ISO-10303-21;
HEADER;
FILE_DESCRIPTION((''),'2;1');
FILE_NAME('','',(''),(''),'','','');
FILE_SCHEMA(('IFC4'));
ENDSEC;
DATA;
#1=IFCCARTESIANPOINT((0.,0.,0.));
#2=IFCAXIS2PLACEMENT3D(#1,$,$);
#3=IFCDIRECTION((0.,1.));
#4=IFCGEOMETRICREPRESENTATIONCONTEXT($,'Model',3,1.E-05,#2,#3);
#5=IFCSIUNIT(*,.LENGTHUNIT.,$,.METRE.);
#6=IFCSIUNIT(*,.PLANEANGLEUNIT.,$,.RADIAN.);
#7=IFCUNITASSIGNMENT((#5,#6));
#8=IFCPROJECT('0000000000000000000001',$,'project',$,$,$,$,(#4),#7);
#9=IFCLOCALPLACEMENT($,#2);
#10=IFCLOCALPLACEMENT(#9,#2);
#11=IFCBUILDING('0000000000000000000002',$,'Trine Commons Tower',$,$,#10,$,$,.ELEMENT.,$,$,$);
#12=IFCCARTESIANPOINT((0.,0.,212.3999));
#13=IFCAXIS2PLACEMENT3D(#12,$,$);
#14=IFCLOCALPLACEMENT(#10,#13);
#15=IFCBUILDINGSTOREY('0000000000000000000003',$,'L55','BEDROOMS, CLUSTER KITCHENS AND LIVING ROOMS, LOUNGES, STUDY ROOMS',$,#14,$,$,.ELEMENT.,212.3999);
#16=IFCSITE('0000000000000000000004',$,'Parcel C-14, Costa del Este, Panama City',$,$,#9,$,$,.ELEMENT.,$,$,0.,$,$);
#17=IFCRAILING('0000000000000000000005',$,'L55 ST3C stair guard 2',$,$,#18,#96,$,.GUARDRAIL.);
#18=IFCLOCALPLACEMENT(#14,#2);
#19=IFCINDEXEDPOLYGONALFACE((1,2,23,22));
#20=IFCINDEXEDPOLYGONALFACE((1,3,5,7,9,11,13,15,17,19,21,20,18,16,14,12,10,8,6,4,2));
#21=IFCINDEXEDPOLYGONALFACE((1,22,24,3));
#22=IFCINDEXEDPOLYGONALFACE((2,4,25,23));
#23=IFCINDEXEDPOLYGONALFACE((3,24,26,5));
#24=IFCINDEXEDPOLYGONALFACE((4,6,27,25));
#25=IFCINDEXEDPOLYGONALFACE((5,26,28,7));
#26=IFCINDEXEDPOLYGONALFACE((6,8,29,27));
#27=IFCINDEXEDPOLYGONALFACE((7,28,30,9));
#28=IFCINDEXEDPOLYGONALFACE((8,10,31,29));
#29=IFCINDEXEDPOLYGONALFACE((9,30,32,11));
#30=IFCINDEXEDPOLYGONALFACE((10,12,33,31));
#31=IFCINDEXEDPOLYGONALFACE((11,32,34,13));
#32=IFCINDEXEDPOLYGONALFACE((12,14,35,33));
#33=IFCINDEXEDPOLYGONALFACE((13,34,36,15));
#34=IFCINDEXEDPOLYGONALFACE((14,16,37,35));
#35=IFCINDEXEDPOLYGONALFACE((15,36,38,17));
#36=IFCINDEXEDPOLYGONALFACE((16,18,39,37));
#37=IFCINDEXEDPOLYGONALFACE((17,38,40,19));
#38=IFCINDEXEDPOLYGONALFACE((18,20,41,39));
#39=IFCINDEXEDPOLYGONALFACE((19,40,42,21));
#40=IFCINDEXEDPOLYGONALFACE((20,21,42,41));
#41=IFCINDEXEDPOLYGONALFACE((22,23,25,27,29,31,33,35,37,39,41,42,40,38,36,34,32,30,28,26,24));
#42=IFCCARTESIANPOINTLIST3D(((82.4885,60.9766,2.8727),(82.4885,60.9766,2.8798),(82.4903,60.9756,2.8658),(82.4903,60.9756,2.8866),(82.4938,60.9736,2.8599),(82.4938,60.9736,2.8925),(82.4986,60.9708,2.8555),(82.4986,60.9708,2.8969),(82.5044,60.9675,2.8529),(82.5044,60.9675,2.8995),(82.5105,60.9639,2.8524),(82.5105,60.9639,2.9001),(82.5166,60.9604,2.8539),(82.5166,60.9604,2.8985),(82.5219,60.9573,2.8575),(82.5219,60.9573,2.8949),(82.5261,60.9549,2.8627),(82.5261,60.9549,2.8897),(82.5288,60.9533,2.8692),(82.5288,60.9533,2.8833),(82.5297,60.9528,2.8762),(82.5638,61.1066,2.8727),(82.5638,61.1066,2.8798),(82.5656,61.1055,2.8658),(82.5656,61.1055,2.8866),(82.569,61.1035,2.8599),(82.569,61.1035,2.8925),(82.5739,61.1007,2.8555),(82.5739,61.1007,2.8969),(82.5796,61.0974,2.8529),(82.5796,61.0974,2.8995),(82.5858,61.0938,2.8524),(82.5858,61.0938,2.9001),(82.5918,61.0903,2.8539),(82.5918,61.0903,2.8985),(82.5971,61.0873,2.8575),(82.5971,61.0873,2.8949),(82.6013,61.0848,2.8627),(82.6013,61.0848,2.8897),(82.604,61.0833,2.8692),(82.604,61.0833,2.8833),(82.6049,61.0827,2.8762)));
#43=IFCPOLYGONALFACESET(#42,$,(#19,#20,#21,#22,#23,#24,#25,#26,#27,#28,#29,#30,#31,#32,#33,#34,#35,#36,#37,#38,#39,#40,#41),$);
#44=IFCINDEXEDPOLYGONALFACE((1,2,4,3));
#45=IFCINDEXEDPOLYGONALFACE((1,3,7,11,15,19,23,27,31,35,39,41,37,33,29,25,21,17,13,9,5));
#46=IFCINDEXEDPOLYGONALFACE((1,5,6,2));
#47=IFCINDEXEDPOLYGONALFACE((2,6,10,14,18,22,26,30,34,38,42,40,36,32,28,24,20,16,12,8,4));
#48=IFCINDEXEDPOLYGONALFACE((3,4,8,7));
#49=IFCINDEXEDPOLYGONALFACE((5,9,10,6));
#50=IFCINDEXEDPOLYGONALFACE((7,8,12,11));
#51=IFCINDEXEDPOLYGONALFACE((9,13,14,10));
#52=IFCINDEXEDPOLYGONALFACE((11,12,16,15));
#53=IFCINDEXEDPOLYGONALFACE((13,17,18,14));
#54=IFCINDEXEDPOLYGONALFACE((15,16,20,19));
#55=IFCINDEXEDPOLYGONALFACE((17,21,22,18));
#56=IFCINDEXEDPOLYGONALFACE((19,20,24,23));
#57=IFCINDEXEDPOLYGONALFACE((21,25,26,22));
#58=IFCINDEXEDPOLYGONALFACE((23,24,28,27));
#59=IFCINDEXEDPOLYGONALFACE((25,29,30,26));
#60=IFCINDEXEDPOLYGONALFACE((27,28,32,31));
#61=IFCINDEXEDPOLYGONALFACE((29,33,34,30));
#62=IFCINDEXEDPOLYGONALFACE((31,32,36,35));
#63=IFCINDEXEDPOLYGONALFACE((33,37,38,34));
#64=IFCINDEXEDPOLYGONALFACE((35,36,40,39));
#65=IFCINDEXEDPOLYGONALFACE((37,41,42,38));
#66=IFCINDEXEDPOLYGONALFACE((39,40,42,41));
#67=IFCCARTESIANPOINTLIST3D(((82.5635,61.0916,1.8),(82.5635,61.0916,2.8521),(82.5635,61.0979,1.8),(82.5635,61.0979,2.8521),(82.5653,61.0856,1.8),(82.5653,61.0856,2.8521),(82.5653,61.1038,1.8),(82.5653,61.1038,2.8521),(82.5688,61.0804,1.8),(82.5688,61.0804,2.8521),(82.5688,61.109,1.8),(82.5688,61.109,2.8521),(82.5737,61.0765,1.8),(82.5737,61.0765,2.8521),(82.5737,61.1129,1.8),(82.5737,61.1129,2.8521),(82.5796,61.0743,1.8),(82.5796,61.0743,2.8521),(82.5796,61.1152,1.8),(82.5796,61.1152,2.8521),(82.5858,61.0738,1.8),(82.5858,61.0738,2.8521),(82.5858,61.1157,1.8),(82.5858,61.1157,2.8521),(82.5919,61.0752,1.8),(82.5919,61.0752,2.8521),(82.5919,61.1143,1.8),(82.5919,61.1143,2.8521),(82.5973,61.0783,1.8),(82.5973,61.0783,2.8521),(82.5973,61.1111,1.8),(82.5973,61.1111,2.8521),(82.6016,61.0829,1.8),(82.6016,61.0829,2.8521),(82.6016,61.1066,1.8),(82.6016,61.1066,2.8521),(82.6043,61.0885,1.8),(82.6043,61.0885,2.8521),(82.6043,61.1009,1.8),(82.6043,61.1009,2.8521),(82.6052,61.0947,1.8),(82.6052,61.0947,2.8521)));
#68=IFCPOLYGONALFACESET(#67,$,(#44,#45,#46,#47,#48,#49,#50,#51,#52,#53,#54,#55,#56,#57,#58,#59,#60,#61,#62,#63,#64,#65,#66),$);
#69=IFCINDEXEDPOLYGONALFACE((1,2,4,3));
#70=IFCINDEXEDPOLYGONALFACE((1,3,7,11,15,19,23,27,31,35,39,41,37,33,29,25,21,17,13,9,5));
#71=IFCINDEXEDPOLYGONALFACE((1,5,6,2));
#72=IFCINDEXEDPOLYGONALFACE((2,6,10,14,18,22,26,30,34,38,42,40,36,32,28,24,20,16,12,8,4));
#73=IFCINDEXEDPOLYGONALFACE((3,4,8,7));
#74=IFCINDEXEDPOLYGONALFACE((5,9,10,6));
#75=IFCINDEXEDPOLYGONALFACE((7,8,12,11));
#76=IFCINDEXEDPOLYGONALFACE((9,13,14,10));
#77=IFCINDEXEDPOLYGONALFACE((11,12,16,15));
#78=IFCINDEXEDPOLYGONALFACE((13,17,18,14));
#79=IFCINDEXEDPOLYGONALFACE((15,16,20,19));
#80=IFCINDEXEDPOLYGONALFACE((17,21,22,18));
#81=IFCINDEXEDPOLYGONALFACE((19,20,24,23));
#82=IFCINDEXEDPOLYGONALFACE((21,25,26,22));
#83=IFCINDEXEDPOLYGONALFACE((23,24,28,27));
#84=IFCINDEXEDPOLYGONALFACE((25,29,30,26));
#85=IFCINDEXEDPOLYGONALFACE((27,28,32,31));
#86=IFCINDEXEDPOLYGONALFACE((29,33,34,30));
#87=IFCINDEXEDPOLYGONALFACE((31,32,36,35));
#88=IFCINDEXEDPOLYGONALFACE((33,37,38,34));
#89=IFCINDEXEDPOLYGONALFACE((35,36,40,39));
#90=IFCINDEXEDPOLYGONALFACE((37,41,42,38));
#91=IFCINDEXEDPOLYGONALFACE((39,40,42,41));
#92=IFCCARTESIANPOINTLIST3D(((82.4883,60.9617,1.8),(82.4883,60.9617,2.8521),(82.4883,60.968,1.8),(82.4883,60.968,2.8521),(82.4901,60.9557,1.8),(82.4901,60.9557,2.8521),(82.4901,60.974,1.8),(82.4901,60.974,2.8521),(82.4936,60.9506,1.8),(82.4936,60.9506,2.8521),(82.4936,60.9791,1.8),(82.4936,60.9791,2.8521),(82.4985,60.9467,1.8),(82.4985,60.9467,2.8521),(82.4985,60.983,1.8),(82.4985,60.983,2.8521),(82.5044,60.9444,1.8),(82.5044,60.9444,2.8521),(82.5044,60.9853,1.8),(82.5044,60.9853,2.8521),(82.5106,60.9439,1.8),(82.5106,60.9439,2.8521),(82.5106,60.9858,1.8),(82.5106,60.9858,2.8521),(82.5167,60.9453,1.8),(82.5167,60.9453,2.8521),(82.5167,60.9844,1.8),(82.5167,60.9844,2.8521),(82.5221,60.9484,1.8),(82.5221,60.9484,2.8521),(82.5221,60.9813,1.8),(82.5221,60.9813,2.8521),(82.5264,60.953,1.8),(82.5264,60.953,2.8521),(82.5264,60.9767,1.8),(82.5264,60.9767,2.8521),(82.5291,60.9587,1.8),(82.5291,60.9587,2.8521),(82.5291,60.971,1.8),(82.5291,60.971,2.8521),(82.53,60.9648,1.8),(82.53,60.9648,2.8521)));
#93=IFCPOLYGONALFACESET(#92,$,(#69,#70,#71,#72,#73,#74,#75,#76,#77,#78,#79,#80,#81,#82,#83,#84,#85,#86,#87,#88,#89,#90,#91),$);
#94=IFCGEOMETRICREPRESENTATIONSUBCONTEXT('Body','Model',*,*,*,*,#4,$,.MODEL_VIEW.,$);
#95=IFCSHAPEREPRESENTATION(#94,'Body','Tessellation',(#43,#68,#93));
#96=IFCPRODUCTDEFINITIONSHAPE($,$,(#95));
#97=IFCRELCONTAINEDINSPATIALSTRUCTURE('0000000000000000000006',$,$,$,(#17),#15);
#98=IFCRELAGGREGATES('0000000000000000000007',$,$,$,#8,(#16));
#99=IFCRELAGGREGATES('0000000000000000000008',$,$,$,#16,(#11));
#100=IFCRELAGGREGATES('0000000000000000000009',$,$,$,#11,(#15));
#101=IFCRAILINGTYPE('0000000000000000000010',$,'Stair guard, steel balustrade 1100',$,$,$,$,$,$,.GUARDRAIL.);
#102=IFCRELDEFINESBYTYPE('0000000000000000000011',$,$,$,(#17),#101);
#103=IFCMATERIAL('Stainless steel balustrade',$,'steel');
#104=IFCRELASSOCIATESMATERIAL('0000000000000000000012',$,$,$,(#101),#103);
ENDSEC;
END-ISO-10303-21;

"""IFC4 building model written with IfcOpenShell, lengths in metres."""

from ifc_helpers import new_model, si_unit, direction, frame, origin, origin_2d, place, context, subcontext, project, spatial, circle, extrude, material, type_object, element, save


model = new_model("IFC4")

# Units and contexts
model_context = context("Model", 3, precision=1e-05, world=origin(), true_north=direction((0.0, 1.0)))
body_context = subcontext(model_context, "Body", "Model", "MODEL_VIEW")
ifc_project = project(units=[si_unit("LENGTHUNIT", "METRE"), si_unit("PLANEANGLEUNIT", "RADIAN")], contexts=[model_context])

# Site, building, storey
site_placement = place(None, origin())
site = spatial("IfcSite", under=ifc_project, at=site_placement, Name="Parcel C-14, Costa del Este, Panama City", CompositionType="ELEMENT", RefElevation=0.0)
building_placement = place(site_placement, origin())
building = spatial("IfcBuilding", under=site, at=building_placement, Name="Trine Commons Tower", CompositionType="ELEMENT")
storey_placement = place(building_placement, frame((0.0, 0.0, 212.3999)))
storey = spatial("IfcBuildingStorey", under=building, at=storey_placement, Name="L55", Description="BEDROOMS, CLUSTER KITCHENS AND LIVING ROOMS, LOUNGES, STUDY ROOMS", CompositionType="ELEMENT", Elevation=212.3999)

# Railing
ifc_material_1 = material(Name="Stainless steel balustrade", Category="steel")
railing_type_1 = type_object("IfcRailingType", Name="Stair guard, steel balustrade 1100", PredefinedType="GUARDRAIL", material=ifc_material_1)
railing_1_placement = place(storey_placement, frame((82.5842, 61.0947, 1.8)))
element("IfcRailing", 1, at=railing_1_placement, inside=storey, type_object=railing_type_1, Name="L55 ST3C stair guard 2", PredefinedType="GUARDRAIL", context=body_context, shape_type="SweptSolid", body=[
    extrude(circle(Radius=0.0239, at=origin_2d()), frame((0.0, 0.0, 1.0762), z_axis=(-0.501036, -0.865426, 0.0), x_axis=(0.865426, -0.501036, 0.0)), (0.0, 0.0, 1.0), 0.1501),
    extrude(circle(Radius=0.021, at=origin_2d()), origin(), (0.0, 0.0, 1.0), 1.052),
    extrude(circle(Radius=0.021, at=origin_2d()), frame((-0.0752, -0.1299, 0.0)), (0.0, 0.0, 1.0), 1.052),
])

save(model, "model.ifc")
